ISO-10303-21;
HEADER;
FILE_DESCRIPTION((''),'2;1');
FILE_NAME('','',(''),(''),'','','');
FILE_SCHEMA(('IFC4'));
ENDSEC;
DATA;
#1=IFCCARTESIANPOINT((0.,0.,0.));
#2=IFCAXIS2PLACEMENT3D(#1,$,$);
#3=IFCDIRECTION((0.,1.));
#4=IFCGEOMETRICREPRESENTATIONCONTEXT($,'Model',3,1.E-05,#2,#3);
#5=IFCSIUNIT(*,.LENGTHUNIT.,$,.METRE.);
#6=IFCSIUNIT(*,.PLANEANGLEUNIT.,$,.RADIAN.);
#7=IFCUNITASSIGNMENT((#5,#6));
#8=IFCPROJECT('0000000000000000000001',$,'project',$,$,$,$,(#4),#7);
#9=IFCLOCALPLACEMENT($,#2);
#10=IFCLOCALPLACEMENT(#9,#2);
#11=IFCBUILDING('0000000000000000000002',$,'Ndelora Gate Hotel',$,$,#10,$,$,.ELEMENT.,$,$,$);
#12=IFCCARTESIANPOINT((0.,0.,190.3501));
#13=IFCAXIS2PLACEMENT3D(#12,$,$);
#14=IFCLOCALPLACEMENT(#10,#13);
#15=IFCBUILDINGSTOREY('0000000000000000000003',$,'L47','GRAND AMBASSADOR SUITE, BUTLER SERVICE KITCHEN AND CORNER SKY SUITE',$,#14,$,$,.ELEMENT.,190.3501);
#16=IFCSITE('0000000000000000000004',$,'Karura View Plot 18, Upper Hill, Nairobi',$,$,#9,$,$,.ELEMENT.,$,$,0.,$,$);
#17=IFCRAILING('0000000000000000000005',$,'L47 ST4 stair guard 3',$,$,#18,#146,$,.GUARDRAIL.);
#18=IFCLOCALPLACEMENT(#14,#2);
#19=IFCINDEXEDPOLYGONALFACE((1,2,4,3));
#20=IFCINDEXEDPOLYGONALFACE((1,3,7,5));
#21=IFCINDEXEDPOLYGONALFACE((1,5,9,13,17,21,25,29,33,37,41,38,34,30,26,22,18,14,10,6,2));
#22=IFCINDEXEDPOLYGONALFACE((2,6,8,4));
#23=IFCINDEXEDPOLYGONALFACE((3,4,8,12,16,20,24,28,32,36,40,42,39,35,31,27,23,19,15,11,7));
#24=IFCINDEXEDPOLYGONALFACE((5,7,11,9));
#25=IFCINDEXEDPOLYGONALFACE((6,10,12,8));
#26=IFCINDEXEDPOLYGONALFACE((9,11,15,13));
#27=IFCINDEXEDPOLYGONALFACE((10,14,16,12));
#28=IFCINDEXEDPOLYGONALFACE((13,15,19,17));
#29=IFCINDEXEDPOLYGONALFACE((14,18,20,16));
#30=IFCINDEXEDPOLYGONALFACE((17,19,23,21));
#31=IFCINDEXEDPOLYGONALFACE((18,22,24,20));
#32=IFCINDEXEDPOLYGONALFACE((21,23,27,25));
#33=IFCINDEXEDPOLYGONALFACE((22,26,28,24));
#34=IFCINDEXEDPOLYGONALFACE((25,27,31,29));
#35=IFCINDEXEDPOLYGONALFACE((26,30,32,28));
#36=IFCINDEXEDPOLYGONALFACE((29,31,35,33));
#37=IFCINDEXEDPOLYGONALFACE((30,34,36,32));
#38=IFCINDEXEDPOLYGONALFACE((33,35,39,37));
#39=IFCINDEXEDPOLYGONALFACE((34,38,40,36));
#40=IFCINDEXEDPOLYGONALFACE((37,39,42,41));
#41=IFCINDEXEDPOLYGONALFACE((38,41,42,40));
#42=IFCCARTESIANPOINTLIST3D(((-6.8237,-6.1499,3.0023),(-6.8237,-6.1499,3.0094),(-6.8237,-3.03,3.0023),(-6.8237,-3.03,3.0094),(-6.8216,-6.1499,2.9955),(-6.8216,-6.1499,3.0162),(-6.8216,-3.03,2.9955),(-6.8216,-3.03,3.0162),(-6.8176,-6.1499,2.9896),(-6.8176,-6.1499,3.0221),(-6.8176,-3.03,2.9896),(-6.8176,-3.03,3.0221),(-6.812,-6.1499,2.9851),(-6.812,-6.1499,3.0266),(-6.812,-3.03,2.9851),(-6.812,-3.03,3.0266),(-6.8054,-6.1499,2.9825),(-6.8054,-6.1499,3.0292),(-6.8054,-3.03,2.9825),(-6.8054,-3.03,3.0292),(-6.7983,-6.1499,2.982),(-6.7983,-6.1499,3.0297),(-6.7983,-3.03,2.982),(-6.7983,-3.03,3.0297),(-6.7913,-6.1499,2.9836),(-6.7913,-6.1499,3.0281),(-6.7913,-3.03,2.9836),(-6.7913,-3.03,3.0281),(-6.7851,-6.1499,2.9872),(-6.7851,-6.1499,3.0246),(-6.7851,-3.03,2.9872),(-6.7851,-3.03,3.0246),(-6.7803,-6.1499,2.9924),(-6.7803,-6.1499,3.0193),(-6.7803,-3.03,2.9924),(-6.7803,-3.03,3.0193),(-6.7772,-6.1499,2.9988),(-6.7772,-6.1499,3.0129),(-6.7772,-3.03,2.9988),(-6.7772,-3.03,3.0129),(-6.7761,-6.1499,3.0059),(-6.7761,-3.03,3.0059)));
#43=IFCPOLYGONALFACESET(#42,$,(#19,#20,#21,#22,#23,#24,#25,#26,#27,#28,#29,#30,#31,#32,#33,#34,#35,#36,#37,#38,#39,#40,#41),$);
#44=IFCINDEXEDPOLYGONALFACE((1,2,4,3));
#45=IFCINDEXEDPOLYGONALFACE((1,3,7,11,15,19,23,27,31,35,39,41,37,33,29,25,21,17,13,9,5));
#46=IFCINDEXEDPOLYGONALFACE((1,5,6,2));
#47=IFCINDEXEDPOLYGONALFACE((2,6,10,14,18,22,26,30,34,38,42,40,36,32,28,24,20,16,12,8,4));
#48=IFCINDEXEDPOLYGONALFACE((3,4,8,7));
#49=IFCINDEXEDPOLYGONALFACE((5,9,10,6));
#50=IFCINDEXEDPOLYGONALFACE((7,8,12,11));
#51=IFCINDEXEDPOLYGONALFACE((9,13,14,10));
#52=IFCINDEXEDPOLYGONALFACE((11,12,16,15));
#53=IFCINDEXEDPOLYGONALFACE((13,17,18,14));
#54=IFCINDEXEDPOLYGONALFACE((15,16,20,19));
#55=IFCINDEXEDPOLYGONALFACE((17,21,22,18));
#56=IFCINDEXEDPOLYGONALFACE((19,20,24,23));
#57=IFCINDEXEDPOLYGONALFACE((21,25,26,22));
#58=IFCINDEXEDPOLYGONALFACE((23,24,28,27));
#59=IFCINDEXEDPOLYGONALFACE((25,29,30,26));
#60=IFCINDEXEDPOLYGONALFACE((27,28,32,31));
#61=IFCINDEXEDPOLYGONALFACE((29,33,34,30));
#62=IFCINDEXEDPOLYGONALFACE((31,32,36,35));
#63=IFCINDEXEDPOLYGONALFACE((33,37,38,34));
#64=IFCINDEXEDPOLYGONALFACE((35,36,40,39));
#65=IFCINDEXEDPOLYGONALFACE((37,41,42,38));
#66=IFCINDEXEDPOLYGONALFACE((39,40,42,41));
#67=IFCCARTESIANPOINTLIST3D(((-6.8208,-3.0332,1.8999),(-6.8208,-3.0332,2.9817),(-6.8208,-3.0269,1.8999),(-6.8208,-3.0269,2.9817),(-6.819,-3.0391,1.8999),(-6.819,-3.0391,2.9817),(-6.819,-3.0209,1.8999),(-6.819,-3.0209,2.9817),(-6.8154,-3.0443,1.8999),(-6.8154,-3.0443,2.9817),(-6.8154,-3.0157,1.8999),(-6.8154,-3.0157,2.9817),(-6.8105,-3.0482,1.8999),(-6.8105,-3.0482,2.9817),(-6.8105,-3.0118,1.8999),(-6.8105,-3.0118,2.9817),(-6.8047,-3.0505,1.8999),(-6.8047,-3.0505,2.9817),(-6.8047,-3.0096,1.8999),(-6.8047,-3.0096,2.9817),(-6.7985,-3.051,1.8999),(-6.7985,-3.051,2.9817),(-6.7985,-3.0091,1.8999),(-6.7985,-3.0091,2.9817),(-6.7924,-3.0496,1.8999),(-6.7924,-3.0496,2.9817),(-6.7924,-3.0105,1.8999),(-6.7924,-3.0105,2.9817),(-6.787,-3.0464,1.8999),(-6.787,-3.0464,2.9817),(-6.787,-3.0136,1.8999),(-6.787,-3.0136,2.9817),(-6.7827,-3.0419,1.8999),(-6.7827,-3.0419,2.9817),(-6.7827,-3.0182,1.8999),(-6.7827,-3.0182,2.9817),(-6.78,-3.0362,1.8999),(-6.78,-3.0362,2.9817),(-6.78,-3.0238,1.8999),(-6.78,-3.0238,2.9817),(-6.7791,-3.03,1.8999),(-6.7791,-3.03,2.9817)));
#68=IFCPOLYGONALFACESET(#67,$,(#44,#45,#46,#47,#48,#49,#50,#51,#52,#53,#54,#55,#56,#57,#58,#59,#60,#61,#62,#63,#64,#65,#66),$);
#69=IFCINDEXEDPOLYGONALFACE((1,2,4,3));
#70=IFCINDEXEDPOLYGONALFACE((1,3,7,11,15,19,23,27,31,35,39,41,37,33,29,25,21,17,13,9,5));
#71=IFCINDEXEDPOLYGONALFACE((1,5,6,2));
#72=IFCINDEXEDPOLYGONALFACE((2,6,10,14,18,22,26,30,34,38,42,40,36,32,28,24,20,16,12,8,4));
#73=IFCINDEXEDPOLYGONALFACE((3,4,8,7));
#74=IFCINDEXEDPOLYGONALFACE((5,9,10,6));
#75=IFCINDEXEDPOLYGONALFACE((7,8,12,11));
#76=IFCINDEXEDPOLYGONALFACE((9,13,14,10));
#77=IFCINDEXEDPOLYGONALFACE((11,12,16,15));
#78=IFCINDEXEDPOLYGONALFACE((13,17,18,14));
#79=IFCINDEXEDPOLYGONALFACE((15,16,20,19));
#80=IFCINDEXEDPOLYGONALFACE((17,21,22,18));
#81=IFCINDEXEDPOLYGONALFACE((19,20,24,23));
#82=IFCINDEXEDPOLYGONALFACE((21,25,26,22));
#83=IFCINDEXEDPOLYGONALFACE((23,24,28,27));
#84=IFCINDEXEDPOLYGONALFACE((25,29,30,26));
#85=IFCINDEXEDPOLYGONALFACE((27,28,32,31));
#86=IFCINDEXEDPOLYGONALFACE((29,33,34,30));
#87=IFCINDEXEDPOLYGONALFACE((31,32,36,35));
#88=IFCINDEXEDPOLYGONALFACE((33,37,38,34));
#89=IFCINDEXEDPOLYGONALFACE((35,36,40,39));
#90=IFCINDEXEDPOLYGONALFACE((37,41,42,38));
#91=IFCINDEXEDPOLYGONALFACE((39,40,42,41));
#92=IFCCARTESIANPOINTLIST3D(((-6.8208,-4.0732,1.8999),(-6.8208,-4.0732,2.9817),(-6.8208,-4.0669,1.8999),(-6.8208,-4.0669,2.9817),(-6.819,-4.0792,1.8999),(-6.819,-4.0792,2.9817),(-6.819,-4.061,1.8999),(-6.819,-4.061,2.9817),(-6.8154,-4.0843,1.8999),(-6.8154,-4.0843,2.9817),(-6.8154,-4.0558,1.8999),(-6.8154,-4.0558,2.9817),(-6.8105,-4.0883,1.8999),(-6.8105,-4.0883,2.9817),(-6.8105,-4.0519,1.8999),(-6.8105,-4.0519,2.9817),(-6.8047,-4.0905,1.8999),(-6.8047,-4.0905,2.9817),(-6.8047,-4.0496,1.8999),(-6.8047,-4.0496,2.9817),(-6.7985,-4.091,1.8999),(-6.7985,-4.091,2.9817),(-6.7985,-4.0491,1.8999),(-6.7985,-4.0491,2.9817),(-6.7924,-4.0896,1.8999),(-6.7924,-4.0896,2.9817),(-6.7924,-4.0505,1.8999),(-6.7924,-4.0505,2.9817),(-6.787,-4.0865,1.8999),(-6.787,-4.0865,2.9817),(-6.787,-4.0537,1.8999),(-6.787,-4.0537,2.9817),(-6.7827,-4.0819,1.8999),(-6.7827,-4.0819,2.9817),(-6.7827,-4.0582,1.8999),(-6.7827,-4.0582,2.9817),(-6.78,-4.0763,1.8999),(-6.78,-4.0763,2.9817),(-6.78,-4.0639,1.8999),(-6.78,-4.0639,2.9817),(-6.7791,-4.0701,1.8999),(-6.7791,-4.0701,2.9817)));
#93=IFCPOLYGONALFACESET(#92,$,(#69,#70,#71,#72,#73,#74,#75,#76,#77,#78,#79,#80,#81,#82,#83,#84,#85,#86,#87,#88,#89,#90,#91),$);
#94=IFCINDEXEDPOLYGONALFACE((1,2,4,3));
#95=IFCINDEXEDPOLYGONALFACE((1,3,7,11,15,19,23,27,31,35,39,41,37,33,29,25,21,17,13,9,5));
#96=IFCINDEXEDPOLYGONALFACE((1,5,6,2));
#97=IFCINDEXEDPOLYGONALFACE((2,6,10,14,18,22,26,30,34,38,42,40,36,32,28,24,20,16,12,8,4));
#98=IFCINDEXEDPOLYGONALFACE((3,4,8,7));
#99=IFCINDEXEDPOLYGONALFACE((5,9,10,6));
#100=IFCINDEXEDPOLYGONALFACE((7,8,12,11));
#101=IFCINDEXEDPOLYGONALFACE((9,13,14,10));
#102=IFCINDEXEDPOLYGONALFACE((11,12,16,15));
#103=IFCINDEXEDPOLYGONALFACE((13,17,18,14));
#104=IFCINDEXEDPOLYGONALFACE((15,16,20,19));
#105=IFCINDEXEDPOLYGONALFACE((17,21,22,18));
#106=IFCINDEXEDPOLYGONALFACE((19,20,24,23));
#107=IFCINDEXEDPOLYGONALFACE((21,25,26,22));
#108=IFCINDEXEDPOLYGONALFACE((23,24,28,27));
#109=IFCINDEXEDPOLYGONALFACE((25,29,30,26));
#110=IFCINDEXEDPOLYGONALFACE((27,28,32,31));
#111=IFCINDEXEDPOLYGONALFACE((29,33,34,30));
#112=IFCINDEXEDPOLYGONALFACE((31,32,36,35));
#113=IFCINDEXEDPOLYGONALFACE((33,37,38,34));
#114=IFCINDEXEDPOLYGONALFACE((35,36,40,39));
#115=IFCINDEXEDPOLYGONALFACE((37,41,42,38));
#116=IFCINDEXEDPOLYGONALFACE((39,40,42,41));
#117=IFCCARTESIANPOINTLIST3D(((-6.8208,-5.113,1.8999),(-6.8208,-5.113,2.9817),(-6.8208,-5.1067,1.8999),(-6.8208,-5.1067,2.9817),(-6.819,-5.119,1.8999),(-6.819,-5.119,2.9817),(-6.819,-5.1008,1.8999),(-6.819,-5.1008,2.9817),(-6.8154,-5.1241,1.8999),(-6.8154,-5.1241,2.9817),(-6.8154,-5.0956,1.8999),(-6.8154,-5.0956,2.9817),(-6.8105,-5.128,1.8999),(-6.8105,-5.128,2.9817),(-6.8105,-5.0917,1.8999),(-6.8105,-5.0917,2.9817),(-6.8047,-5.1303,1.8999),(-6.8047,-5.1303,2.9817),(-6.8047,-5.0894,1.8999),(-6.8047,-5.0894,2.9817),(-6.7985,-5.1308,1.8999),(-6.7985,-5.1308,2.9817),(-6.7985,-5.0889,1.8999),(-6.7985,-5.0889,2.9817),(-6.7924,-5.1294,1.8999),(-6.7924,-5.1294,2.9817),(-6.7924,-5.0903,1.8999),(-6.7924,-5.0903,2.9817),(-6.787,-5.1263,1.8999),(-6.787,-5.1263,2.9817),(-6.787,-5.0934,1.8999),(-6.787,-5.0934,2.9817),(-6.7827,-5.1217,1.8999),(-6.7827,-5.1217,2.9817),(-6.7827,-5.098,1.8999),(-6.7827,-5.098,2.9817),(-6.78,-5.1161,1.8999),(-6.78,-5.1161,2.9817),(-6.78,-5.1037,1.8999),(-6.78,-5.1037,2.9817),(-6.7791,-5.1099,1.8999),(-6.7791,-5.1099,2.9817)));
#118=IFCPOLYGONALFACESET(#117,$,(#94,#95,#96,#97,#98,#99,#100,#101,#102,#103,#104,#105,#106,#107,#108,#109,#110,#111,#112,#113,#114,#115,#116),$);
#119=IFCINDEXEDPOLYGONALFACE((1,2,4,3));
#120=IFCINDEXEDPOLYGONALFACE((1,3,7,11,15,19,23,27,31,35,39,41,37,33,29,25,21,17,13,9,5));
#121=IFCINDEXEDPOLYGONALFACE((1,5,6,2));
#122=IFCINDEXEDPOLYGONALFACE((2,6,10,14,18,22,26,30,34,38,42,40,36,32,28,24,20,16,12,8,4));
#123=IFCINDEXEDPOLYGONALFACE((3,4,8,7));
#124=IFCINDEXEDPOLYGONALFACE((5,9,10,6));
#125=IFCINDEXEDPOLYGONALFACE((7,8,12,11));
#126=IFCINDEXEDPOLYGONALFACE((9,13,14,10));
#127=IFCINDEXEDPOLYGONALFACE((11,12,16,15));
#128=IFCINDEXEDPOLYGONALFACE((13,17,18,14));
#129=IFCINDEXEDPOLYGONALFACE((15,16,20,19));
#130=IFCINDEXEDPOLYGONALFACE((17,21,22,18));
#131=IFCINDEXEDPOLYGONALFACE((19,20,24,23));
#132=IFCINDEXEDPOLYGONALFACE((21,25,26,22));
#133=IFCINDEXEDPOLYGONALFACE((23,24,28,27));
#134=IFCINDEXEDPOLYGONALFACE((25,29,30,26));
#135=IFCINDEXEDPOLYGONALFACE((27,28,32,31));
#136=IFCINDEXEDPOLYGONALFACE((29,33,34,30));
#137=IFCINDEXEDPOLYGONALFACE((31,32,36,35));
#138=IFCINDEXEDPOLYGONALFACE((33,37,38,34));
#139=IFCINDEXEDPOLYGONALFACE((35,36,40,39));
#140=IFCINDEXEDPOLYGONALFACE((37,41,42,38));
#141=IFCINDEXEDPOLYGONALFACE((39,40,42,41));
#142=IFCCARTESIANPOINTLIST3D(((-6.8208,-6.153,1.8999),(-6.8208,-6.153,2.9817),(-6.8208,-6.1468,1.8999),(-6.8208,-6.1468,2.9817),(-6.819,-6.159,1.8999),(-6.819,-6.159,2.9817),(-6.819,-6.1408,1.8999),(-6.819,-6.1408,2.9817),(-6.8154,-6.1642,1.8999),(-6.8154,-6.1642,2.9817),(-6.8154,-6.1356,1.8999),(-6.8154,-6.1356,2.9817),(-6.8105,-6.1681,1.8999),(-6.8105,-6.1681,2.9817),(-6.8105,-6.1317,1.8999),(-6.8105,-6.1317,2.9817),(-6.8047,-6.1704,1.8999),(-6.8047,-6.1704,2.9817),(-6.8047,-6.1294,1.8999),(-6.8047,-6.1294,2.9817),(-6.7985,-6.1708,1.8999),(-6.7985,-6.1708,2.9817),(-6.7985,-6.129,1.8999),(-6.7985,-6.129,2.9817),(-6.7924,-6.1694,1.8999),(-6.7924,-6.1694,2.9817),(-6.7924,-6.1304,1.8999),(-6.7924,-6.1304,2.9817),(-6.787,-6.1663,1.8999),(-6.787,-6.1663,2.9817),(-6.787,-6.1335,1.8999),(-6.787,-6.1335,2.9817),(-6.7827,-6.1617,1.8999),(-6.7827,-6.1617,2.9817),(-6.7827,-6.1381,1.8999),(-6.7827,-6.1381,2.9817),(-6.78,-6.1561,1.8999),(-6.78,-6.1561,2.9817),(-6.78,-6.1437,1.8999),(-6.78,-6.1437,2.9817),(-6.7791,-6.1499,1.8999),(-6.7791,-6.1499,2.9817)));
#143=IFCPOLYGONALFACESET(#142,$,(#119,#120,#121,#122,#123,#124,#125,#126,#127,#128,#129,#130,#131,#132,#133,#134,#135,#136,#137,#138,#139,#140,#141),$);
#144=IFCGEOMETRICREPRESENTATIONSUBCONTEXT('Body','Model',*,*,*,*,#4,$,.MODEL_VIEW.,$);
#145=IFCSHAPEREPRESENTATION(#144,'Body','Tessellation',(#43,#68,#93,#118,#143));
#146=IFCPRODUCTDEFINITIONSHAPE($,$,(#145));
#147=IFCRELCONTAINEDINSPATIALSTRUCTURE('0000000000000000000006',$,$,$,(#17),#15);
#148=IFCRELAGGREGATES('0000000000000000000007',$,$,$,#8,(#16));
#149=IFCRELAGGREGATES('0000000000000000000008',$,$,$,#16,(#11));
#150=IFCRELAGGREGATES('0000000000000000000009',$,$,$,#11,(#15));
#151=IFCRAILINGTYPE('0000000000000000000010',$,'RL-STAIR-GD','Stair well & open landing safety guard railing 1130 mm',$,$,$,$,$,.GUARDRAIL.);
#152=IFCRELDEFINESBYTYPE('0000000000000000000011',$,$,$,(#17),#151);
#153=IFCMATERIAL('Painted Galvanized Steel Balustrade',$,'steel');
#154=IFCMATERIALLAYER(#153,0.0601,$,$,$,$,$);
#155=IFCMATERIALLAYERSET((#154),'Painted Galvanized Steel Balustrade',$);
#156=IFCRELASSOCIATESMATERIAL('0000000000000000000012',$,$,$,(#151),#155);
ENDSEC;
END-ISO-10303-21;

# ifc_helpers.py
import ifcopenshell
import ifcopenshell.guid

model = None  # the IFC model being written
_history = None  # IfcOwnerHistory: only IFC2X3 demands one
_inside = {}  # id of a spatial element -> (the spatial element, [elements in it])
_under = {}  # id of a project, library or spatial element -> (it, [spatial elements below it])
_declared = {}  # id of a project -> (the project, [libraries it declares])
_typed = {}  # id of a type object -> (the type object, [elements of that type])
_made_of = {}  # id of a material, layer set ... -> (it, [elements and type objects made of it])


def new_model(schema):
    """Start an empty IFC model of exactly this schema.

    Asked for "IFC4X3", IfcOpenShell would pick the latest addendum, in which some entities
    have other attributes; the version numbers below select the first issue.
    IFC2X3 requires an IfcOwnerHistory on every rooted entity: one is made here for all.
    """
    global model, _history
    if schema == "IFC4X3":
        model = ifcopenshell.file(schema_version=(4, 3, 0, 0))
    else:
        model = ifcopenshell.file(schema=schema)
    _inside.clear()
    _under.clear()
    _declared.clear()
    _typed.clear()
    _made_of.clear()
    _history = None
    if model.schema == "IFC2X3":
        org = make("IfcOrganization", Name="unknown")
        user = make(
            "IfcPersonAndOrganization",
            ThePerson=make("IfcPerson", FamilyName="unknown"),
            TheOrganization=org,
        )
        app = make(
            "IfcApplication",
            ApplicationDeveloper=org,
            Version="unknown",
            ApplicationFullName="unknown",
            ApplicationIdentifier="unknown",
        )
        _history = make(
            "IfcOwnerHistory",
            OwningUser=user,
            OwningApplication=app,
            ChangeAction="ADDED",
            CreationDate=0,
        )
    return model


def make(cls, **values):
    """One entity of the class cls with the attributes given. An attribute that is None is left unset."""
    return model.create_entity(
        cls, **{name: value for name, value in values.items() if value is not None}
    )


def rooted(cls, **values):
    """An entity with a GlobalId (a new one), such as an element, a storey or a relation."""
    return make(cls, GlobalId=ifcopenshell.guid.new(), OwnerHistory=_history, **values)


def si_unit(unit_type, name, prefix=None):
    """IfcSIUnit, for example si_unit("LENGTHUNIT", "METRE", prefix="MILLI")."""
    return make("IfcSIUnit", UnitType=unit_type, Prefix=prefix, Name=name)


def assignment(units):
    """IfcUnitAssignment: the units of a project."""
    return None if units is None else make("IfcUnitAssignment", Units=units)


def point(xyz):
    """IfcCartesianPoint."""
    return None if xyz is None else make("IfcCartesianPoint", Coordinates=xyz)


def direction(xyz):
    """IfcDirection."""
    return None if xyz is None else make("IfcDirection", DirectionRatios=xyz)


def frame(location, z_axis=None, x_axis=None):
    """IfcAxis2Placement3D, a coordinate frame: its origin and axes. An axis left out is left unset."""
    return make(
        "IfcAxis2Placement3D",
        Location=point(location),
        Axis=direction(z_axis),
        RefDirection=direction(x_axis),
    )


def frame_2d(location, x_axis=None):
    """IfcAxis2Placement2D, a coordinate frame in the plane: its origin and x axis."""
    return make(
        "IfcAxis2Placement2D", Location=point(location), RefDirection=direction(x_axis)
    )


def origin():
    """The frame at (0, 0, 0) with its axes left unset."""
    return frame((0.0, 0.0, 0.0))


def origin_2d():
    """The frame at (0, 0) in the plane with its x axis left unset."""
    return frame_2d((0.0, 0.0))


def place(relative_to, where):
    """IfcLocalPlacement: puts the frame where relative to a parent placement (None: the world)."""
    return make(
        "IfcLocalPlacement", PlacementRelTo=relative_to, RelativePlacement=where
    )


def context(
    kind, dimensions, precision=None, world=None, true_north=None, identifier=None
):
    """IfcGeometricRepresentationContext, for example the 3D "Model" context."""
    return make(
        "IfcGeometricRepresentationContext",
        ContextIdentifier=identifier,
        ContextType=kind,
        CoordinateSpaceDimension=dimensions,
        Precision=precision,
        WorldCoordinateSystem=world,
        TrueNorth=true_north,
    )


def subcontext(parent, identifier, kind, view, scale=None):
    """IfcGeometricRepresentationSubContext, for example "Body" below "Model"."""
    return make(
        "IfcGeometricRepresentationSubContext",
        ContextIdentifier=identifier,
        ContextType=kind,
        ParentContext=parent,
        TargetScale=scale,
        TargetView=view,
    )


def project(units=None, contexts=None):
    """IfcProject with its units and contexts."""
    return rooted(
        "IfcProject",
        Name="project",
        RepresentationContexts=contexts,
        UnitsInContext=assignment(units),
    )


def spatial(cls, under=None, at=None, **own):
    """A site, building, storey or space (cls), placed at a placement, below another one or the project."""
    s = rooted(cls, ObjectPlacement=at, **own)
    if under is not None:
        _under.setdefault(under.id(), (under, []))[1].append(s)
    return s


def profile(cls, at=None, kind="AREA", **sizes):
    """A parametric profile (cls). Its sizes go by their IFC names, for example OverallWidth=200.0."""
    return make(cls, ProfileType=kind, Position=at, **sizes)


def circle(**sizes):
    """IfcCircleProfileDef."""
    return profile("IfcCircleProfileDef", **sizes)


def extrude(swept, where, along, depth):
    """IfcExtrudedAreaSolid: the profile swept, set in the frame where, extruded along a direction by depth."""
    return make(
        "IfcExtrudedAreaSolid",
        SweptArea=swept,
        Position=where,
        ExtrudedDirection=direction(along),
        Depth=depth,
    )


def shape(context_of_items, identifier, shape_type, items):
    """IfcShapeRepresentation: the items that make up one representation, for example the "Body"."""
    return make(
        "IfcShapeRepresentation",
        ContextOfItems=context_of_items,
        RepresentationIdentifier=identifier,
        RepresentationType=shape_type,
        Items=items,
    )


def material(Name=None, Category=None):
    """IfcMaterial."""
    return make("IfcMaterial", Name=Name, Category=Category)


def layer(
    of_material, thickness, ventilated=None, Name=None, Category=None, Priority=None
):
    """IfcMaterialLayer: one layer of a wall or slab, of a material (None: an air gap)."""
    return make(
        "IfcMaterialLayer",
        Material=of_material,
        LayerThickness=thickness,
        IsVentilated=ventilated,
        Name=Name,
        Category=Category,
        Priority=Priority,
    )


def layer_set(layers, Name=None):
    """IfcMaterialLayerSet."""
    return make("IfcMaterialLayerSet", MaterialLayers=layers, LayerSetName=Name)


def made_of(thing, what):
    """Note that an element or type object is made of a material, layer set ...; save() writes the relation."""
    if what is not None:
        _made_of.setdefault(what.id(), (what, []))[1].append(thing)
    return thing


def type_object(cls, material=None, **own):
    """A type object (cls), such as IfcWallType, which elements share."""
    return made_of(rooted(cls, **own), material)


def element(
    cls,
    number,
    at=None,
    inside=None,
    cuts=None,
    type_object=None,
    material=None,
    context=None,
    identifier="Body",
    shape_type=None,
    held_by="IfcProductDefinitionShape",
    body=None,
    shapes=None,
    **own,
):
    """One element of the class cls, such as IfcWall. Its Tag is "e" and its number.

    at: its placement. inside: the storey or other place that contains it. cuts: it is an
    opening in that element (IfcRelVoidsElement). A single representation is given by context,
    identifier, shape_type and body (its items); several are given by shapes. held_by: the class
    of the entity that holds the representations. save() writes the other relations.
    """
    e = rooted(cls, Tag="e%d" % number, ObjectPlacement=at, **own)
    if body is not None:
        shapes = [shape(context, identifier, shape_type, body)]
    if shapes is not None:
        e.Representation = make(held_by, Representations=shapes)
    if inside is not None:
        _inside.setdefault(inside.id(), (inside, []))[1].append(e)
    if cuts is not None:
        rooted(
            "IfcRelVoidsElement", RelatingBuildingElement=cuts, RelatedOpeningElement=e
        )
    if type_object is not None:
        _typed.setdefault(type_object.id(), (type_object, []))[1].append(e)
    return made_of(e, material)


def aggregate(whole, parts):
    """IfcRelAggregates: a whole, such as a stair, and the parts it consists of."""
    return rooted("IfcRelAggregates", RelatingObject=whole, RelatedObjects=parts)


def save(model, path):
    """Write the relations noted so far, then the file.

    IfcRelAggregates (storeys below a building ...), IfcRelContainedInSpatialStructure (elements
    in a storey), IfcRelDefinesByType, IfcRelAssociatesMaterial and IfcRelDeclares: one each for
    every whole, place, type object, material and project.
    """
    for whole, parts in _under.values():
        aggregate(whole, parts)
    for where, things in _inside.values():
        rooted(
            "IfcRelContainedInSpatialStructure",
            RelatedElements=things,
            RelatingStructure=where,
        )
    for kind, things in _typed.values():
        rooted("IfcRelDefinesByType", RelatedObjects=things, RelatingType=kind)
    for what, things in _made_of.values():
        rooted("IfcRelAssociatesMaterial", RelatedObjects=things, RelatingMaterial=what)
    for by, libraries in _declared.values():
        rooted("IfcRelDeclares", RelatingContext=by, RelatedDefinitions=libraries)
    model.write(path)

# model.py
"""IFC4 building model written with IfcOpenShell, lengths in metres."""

from ifc_helpers import new_model, si_unit, direction, frame, origin, origin_2d, place, context, subcontext, project, spatial, circle, extrude, material, layer, layer_set, type_object, element, save


model = new_model("IFC4")

# Units and contexts
model_context = context("Model", 3, precision=1e-05, world=origin(), true_north=direction((0.0, 1.0)))
body_context = subcontext(model_context, "Body", "Model", "MODEL_VIEW")
ifc_project = project(units=[si_unit("LENGTHUNIT", "METRE"), si_unit("PLANEANGLEUNIT", "RADIAN")], contexts=[model_context])

# Site, building, storey
site_placement = place(None, origin())
site = spatial("IfcSite", under=ifc_project, at=site_placement, Name="Karura View Plot 18, Upper Hill, Nairobi", CompositionType="ELEMENT", RefElevation=0.0)
building_placement = place(site_placement, origin())
building = spatial("IfcBuilding", under=site, at=building_placement, Name="Ndelora Gate Hotel", CompositionType="ELEMENT")
storey_placement = place(building_placement, frame((0.0, 0.0, 190.3501)))
storey = spatial("IfcBuildingStorey", under=building, at=storey_placement, Name="L47", Description="GRAND AMBASSADOR SUITE, BUTLER SERVICE KITCHEN AND CORNER SKY SUITE", CompositionType="ELEMENT", Elevation=190.3501)

# Railing
ifc_material_1 = material(Name="Painted Galvanized Steel Balustrade", Category="steel")
ifc_layer_1 = layer(ifc_material_1, 0.0601)
ifc_layer_set_1 = layer_set([ifc_layer_1], Name="Painted Galvanized Steel Balustrade")
railing_type_1 = type_object("IfcRailingType", Name="RL-STAIR-GD", Description="Stair well & open landing safety guard railing 1130 mm", PredefinedType="GUARDRAIL", material=ifc_layer_set_1)
for number, where, name in (
    (1, (-6.8, -3.03, 1.8999), "L47 ST4 stair guard 3"),
):
    element("IfcRailing", number, at=place(storey_placement, frame(where)), inside=storey, type_object=railing_type_1, Name=name, PredefinedType="GUARDRAIL", context=body_context, shape_type="SweptSolid", body=[
        extrude(circle(Radius=0.0239, at=origin_2d()), frame((0.0, 0.0, 1.106), z_axis=(0.0, -1.0, 0.0), x_axis=(1.0, 0.0, 0.0)), (0.0, 0.0, 1.0), 3.1199),
        extrude(circle(Radius=0.021, at=origin_2d()), origin(), (0.0, 0.0, 1.0), 1.0818),
        extrude(circle(Radius=0.021, at=origin_2d()), frame((0.0, -1.04, 0.0)), (0.0, 0.0, 1.0), 1.0818),
        extrude(circle(Radius=0.021, at=origin_2d()), frame((0.0, -2.0798, 0.0)), (0.0, 0.0, 1.0), 1.0818),
        extrude(circle(Radius=0.021, at=origin_2d()), frame((0.0, -3.1199, 0.0)), (0.0, 0.0, 1.0), 1.0818),
    ])

save(model, "model.ifc")
